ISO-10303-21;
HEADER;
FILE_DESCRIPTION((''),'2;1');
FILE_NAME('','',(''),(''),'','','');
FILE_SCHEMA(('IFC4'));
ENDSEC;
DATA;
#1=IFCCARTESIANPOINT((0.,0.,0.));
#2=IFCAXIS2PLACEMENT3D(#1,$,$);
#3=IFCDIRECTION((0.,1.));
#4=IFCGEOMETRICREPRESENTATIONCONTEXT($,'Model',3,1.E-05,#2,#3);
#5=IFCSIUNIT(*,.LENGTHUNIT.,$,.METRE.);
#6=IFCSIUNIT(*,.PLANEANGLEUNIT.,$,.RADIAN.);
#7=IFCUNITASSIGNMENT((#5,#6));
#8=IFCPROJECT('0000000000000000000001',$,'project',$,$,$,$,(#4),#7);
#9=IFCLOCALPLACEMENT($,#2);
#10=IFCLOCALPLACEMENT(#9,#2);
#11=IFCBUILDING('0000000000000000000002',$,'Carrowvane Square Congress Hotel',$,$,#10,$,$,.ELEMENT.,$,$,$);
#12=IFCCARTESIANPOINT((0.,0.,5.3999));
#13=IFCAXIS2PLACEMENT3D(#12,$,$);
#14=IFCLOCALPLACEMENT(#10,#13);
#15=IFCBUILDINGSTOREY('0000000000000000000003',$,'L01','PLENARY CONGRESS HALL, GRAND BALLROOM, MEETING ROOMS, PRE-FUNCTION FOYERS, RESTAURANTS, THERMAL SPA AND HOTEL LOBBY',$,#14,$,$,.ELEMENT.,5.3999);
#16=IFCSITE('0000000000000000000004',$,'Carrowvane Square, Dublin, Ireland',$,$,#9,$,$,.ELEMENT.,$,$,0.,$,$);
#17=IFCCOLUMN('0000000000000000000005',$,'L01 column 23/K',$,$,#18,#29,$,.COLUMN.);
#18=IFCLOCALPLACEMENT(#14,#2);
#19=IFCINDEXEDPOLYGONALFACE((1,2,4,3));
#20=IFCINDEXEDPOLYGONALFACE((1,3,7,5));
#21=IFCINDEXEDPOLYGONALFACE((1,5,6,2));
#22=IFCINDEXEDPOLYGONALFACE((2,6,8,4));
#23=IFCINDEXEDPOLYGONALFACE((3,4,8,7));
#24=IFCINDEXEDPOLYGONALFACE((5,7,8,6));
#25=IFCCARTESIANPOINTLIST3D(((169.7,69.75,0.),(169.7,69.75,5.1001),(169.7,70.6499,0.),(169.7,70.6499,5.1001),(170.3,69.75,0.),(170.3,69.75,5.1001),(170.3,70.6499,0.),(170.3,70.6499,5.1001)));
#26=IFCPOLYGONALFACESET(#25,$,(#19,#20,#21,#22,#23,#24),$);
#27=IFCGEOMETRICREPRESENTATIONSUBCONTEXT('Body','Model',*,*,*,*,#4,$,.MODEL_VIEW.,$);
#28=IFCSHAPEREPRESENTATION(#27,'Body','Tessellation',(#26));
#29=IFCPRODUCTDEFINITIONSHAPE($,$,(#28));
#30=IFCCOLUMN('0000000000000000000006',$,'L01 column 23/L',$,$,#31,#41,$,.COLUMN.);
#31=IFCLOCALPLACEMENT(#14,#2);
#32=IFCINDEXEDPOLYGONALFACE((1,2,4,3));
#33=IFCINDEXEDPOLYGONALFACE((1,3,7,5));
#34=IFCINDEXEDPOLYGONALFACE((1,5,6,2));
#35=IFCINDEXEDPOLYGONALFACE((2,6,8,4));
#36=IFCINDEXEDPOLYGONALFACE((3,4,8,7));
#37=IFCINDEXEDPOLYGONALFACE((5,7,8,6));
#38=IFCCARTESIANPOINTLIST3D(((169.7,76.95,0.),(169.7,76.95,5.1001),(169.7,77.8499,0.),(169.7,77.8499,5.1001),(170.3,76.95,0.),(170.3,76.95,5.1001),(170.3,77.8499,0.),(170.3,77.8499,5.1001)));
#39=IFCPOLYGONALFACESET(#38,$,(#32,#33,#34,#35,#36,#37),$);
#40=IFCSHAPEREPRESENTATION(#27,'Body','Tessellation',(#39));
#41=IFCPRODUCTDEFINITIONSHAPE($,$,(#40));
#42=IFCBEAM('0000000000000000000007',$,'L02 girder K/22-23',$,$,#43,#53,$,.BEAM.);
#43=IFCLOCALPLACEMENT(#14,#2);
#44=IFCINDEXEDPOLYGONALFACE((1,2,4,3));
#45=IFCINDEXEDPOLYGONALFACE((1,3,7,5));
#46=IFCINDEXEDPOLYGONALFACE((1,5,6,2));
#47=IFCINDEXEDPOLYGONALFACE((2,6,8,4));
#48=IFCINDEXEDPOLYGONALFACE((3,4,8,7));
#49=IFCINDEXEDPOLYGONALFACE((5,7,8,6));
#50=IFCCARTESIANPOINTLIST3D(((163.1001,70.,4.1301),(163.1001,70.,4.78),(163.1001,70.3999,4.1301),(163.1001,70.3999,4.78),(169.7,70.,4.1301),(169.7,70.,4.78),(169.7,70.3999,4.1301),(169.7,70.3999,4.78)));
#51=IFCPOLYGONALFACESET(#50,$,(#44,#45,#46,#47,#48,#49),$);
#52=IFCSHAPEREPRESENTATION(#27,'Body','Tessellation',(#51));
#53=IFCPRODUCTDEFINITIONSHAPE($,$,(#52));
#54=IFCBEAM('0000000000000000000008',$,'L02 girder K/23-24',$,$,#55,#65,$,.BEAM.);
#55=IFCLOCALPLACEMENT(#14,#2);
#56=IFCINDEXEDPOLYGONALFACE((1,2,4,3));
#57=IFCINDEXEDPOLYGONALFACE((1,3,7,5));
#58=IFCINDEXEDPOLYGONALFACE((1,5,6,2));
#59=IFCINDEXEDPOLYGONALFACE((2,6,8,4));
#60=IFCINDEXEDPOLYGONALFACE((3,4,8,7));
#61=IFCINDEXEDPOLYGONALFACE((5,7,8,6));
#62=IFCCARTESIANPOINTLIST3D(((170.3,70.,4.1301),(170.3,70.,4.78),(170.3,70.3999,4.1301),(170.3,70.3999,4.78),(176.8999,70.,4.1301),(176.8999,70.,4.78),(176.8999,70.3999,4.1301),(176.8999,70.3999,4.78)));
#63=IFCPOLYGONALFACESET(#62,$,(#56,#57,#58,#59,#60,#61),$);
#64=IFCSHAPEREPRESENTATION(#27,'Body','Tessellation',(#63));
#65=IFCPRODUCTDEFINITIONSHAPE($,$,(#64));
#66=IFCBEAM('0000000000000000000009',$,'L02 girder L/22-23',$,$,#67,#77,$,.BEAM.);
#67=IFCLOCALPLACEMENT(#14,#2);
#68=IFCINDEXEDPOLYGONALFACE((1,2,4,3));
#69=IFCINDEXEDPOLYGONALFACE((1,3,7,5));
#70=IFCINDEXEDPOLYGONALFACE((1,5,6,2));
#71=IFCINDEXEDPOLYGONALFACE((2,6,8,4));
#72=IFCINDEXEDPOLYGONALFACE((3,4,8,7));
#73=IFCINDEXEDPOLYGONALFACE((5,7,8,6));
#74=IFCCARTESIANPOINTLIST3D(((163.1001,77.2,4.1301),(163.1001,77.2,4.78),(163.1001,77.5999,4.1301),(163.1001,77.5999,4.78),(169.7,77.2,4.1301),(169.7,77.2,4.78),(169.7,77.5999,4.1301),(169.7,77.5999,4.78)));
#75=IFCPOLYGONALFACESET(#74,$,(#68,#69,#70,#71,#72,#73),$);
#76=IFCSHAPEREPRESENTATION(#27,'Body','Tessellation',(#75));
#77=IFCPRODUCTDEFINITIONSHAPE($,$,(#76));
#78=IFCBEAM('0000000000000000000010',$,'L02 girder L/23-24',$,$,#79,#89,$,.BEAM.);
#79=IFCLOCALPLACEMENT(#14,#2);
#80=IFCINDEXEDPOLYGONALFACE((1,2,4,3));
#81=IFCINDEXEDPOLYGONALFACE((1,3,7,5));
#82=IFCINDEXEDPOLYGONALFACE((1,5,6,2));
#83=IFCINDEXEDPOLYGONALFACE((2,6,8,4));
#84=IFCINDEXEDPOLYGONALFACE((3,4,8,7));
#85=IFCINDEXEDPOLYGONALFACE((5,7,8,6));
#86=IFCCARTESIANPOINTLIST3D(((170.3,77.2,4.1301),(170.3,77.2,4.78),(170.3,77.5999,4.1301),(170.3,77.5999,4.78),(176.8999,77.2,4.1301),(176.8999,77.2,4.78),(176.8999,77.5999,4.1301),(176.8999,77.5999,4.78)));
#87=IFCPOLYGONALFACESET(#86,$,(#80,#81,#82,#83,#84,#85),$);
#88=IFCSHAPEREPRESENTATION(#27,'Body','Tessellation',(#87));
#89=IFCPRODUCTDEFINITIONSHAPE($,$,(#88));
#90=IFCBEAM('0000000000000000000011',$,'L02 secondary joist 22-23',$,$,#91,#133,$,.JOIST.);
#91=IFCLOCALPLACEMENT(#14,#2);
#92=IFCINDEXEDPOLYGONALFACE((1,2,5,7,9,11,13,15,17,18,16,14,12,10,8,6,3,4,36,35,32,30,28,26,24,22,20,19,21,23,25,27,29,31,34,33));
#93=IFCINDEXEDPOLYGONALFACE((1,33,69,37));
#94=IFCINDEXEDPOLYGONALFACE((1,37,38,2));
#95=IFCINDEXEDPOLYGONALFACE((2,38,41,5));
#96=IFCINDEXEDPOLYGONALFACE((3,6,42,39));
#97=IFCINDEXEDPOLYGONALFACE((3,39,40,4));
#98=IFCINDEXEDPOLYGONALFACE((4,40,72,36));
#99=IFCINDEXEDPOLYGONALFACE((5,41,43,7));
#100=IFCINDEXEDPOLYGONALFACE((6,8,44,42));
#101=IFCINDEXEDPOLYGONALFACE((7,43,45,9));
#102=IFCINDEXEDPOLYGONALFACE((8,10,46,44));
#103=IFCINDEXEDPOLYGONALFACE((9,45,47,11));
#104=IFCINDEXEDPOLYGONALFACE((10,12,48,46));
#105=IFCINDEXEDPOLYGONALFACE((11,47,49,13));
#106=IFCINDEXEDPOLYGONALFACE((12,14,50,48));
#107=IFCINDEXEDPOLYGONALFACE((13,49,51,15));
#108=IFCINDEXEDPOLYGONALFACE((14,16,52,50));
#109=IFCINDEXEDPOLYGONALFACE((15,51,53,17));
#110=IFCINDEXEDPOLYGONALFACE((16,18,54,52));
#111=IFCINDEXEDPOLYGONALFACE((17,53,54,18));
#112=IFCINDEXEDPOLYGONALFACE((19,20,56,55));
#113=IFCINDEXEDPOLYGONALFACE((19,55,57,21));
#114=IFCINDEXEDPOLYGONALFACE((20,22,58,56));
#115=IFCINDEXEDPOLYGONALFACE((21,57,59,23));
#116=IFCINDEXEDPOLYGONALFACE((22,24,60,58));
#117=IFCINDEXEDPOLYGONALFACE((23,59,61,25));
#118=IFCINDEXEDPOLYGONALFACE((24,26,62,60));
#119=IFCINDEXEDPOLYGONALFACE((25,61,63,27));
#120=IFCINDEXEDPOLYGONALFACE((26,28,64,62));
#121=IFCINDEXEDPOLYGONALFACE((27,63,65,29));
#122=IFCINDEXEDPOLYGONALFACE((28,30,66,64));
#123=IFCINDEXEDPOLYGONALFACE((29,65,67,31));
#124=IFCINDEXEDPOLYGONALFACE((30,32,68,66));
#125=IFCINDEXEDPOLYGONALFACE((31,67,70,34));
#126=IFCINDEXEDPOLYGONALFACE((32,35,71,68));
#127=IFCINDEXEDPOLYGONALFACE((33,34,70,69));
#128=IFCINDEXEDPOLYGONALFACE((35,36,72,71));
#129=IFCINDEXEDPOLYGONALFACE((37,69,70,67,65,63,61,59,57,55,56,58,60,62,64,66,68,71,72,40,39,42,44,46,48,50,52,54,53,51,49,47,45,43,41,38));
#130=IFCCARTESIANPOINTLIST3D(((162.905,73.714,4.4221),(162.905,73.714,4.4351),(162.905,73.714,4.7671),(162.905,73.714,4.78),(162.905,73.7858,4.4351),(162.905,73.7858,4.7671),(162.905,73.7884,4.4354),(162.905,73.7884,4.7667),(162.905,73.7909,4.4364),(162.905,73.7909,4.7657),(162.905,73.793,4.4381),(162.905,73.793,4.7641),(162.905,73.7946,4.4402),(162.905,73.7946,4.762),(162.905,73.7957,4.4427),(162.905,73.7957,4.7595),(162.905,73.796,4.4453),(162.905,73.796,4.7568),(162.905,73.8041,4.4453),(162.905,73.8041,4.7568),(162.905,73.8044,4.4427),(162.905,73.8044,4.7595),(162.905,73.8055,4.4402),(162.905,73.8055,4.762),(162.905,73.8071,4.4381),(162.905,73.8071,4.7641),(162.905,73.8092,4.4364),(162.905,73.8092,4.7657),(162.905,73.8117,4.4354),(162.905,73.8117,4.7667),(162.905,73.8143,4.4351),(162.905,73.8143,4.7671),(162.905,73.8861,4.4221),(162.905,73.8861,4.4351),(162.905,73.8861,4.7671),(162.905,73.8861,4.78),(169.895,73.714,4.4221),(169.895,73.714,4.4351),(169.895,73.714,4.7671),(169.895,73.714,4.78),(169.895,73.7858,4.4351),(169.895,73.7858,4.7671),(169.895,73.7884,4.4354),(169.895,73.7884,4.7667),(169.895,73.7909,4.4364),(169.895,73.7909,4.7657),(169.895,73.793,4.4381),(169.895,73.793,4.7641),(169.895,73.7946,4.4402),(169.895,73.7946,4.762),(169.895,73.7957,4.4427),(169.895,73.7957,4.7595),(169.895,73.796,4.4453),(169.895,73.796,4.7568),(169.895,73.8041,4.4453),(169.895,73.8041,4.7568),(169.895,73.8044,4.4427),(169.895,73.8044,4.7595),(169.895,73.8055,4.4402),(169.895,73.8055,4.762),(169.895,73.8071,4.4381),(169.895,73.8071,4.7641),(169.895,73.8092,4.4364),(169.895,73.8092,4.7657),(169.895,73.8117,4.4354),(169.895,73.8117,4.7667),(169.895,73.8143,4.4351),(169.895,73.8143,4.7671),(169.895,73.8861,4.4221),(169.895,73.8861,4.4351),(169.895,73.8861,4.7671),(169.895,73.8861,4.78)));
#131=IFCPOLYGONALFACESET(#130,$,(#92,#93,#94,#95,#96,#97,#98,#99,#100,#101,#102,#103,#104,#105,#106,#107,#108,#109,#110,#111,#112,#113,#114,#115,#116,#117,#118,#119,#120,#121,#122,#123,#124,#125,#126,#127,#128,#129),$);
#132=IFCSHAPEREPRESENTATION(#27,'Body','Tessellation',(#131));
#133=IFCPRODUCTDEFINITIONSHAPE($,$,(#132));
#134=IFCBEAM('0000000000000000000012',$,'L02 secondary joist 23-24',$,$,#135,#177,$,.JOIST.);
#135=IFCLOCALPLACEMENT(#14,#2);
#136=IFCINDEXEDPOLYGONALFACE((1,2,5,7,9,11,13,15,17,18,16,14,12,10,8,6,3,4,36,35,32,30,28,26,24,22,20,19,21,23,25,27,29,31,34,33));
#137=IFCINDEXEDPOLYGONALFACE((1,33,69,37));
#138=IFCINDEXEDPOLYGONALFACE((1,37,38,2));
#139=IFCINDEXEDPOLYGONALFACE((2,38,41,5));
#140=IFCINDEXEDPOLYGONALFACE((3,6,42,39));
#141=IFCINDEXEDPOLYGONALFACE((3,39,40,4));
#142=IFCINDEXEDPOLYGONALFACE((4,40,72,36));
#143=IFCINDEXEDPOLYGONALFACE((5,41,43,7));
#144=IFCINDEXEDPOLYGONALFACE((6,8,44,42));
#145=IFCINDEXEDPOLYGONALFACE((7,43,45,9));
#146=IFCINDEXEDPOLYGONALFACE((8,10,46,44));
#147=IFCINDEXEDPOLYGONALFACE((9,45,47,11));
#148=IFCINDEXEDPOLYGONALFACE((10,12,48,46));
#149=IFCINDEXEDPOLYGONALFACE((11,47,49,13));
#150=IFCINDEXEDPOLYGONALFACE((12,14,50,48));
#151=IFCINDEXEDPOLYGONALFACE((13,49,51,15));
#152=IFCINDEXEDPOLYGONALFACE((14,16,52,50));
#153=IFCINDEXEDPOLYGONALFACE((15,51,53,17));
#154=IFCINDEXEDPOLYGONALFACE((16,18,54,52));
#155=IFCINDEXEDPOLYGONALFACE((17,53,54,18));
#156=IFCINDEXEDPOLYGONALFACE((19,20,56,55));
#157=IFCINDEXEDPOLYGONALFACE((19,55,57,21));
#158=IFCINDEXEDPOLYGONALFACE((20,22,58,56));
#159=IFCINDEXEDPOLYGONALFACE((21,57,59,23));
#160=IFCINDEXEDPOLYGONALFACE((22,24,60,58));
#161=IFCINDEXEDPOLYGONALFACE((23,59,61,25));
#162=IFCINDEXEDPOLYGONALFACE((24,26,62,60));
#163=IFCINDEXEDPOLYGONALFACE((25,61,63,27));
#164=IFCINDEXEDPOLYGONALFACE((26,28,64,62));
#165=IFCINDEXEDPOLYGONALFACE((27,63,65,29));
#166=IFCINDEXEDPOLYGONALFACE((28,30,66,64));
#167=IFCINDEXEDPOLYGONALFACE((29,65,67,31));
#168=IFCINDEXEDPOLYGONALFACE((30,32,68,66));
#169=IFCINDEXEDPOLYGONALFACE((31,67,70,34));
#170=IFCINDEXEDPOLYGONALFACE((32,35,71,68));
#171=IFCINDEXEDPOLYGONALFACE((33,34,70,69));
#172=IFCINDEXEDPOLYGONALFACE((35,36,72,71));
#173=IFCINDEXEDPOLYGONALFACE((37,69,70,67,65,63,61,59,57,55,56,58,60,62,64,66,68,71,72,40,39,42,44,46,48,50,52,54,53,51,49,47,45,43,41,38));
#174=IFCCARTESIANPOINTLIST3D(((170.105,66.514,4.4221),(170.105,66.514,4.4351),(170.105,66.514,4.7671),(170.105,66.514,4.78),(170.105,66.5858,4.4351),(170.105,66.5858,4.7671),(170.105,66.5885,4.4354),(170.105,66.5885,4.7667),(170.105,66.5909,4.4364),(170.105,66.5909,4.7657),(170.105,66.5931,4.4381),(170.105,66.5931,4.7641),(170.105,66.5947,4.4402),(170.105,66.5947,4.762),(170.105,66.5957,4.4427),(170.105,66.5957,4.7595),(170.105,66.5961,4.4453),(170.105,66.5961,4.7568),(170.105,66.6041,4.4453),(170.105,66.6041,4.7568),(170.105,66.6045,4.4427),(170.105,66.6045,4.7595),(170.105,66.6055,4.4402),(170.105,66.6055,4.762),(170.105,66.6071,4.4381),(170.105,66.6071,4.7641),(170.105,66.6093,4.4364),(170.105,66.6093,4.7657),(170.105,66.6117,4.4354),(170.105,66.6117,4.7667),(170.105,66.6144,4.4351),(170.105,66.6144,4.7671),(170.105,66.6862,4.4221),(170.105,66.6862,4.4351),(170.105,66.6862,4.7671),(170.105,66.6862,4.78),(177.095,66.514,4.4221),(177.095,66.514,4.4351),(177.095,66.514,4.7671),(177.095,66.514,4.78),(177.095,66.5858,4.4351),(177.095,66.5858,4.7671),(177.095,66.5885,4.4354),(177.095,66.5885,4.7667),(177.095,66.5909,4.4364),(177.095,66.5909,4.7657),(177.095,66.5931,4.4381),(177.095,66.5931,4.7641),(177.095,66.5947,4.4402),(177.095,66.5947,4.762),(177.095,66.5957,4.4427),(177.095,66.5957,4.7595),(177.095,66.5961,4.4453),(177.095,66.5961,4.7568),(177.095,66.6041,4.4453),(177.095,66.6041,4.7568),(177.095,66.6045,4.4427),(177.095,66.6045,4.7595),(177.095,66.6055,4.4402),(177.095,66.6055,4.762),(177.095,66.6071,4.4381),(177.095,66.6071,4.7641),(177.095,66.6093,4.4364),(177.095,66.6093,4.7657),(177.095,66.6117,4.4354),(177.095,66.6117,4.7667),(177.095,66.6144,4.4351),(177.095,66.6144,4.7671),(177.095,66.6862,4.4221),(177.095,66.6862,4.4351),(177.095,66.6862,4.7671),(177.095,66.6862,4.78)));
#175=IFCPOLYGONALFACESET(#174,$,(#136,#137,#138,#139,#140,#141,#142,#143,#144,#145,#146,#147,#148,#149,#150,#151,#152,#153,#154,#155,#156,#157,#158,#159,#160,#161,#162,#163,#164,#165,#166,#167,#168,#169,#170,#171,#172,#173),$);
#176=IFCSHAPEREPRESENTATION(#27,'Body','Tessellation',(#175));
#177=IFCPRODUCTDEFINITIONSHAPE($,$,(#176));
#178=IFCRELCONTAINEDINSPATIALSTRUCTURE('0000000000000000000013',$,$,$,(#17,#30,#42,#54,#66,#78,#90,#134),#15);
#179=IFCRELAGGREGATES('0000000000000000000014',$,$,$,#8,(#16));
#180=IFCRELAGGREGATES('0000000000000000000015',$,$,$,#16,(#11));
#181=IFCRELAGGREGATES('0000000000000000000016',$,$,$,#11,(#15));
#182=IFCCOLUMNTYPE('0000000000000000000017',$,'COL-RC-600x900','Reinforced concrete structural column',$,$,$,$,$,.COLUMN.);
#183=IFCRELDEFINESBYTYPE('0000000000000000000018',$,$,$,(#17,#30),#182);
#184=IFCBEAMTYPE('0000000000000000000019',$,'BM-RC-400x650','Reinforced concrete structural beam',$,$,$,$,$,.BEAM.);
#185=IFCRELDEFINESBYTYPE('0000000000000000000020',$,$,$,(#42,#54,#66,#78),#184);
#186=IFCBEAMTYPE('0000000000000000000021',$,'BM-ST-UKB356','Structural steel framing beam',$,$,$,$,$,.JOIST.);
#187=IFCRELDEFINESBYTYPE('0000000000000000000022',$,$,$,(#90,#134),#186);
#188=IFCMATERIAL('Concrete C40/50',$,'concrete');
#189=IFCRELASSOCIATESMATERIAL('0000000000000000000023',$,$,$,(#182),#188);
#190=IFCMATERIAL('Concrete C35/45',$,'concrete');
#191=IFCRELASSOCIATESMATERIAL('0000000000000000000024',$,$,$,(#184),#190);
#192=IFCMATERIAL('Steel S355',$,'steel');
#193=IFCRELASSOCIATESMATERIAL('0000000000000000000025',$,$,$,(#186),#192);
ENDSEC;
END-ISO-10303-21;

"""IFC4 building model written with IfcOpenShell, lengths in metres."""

from ifc_helpers import new_model, si_unit, direction, frame, origin, origin_2d, place, context, subcontext, project, spatial, rectangle, i_section, extrude, material, material_profile, profile_set, type_object, element, save


model = new_model("IFC4")

# Units and contexts
model_context = context("Model", 3, precision=1e-05, world=origin(), true_north=direction((0.0, 1.0)))
body_context = subcontext(model_context, "Body", "Model", "MODEL_VIEW")
ifc_project = project(units=[si_unit("LENGTHUNIT", "METRE"), si_unit("PLANEANGLEUNIT", "RADIAN")], contexts=[model_context])

# Site, building, storey
site_placement = place(None, origin())
site = spatial("IfcSite", under=ifc_project, at=site_placement, Name="Carrowvane Square, Dublin, Ireland", CompositionType="ELEMENT", RefElevation=0.0)
building_placement = place(site_placement, origin())
building = spatial("IfcBuilding", under=site, at=building_placement, Name="Carrowvane Square Congress Hotel", CompositionType="ELEMENT")
storey_placement = place(building_placement, frame((0.0, 0.0, 5.3999)))
storey = spatial("IfcBuildingStorey", under=building, at=storey_placement, Name="L01", Description="PLENARY CONGRESS HALL, GRAND BALLROOM, MEETING ROOMS, PRE-FUNCTION FOYERS, RESTAURANTS, THERMAL SPA AND HOTEL LOBBY", CompositionType="ELEMENT", Elevation=5.3999)

# Columns
ifc_material_1 = material(Name="Concrete C40/50", Category="concrete")
ifc_material_profile_1 = material_profile(ifc_material_1, rectangle(XDim=0.6001, YDim=0.8999, at=origin_2d()), Name="RC 600x900")
ifc_profile_set_1 = profile_set([ifc_material_profile_1], Name="Concrete C40/50")
column_type = type_object("IfcColumnType", Name="COL-RC-600x900", Description="Reinforced concrete structural column", PredefinedType="COLUMN", material=ifc_profile_set_1)
for number, where, z_axis, x_axis, name in (
    (1, (170.0, 70.2, 0.0), (0.0, 0.0, 1.0), (1.0, 0.0, 0.0), "L01 column 23/K"),
    (2, (170.0, 77.3999, 0.0), (0.0, 0.0, 1.0), (1.0, 0.0, 0.0), "L01 column 23/L"),
):
    element("IfcColumn", number, at=place(storey_placement, frame(where, z_axis=z_axis, x_axis=x_axis)), inside=storey, type_object=column_type, Name=name, PredefinedType="COLUMN", context=body_context, shape_type="SweptSolid", body=[
        extrude(rectangle(XDim=0.6001, YDim=0.8999, at=origin_2d()), origin(), (0.0, 0.0, 1.0), 5.1001),
    ])

# Beams
ifc_material_2 = material(Name="Concrete C35/45", Category="concrete")
ifc_material_profile_2 = material_profile(ifc_material_2, rectangle(XDim=0.3999, YDim=0.6499, at=origin_2d()), Name="RC 400x650")
ifc_profile_set_2 = profile_set([ifc_material_profile_2], Name="Concrete C35/45")
beam_type_1 = type_object("IfcBeamType", Name="BM-RC-400x650", Description="Reinforced concrete structural beam", PredefinedType="BEAM", material=ifc_profile_set_2)
for number, where, z_axis, x_axis, name in (
    (3, (163.1001, 70.2, 4.4551), (1.0, 0.0, 0.0), (0.0, 1.0, 0.0), "L02 girder K/22-23"),
    (4, (170.3, 70.2, 4.4551), (1.0, 0.0, 0.0), (0.0, 1.0, 0.0), "L02 girder K/23-24"),
    (5, (163.1001, 77.3999, 4.4551), (1.0, 0.0, 0.0), (0.0, 1.0, 0.0), "L02 girder L/22-23"),
    (6, (170.3, 77.3999, 4.4551), (1.0, 0.0, 0.0), (0.0, 1.0, 0.0), "L02 girder L/23-24"),
):
    element("IfcBeam", number, at=place(storey_placement, frame(where, z_axis=z_axis, x_axis=x_axis)), inside=storey, type_object=beam_type_1, Name=name, PredefinedType="BEAM", context=body_context, shape_type="SweptSolid", body=[
        extrude(rectangle(XDim=0.3999, YDim=0.6499, at=origin_2d()), origin(), (0.0, 0.0, 1.0), 6.5999),
    ])
ifc_material_3 = material(Name="Steel S355", Category="steel")
ifc_material_profile_3 = material_profile(ifc_material_3, i_section(OverallWidth=0.1721, OverallDepth=0.3579, WebThickness=0.0081, FlangeThickness=0.0129, FilletRadius=0.0103, at=origin_2d()), Name="UKB 356x171x57")
ifc_profile_set_3 = profile_set([ifc_material_profile_3], Name="Steel S355")
beam_type_2 = type_object("IfcBeamType", Name="BM-ST-UKB356", Description="Structural steel framing beam", PredefinedType="JOIST", material=ifc_profile_set_3)
for number, where, z_axis, x_axis, name in (
    (7, (162.905, 73.8, 4.6011), (1.0, 0.0, 0.0), (0.0, 1.0, 0.0), "L02 secondary joist 22-23"),
    (8, (170.105, 66.6001, 4.6011), (1.0, 0.0, 0.0), (0.0, 1.0, 0.0), "L02 secondary joist 23-24"),
):
    element("IfcBeam", number, at=place(storey_placement, frame(where, z_axis=z_axis, x_axis=x_axis)), inside=storey, type_object=beam_type_2, Name=name, PredefinedType="JOIST", context=body_context, shape_type="SweptSolid", body=[
        extrude(i_section(OverallWidth=0.1721, OverallDepth=0.3579, WebThickness=0.0081, FlangeThickness=0.0129, FilletRadius=0.0103, at=origin_2d()), origin(), (0.0, 0.0, 1.0), 6.99),
    ])

save(model, "model.ifc")
